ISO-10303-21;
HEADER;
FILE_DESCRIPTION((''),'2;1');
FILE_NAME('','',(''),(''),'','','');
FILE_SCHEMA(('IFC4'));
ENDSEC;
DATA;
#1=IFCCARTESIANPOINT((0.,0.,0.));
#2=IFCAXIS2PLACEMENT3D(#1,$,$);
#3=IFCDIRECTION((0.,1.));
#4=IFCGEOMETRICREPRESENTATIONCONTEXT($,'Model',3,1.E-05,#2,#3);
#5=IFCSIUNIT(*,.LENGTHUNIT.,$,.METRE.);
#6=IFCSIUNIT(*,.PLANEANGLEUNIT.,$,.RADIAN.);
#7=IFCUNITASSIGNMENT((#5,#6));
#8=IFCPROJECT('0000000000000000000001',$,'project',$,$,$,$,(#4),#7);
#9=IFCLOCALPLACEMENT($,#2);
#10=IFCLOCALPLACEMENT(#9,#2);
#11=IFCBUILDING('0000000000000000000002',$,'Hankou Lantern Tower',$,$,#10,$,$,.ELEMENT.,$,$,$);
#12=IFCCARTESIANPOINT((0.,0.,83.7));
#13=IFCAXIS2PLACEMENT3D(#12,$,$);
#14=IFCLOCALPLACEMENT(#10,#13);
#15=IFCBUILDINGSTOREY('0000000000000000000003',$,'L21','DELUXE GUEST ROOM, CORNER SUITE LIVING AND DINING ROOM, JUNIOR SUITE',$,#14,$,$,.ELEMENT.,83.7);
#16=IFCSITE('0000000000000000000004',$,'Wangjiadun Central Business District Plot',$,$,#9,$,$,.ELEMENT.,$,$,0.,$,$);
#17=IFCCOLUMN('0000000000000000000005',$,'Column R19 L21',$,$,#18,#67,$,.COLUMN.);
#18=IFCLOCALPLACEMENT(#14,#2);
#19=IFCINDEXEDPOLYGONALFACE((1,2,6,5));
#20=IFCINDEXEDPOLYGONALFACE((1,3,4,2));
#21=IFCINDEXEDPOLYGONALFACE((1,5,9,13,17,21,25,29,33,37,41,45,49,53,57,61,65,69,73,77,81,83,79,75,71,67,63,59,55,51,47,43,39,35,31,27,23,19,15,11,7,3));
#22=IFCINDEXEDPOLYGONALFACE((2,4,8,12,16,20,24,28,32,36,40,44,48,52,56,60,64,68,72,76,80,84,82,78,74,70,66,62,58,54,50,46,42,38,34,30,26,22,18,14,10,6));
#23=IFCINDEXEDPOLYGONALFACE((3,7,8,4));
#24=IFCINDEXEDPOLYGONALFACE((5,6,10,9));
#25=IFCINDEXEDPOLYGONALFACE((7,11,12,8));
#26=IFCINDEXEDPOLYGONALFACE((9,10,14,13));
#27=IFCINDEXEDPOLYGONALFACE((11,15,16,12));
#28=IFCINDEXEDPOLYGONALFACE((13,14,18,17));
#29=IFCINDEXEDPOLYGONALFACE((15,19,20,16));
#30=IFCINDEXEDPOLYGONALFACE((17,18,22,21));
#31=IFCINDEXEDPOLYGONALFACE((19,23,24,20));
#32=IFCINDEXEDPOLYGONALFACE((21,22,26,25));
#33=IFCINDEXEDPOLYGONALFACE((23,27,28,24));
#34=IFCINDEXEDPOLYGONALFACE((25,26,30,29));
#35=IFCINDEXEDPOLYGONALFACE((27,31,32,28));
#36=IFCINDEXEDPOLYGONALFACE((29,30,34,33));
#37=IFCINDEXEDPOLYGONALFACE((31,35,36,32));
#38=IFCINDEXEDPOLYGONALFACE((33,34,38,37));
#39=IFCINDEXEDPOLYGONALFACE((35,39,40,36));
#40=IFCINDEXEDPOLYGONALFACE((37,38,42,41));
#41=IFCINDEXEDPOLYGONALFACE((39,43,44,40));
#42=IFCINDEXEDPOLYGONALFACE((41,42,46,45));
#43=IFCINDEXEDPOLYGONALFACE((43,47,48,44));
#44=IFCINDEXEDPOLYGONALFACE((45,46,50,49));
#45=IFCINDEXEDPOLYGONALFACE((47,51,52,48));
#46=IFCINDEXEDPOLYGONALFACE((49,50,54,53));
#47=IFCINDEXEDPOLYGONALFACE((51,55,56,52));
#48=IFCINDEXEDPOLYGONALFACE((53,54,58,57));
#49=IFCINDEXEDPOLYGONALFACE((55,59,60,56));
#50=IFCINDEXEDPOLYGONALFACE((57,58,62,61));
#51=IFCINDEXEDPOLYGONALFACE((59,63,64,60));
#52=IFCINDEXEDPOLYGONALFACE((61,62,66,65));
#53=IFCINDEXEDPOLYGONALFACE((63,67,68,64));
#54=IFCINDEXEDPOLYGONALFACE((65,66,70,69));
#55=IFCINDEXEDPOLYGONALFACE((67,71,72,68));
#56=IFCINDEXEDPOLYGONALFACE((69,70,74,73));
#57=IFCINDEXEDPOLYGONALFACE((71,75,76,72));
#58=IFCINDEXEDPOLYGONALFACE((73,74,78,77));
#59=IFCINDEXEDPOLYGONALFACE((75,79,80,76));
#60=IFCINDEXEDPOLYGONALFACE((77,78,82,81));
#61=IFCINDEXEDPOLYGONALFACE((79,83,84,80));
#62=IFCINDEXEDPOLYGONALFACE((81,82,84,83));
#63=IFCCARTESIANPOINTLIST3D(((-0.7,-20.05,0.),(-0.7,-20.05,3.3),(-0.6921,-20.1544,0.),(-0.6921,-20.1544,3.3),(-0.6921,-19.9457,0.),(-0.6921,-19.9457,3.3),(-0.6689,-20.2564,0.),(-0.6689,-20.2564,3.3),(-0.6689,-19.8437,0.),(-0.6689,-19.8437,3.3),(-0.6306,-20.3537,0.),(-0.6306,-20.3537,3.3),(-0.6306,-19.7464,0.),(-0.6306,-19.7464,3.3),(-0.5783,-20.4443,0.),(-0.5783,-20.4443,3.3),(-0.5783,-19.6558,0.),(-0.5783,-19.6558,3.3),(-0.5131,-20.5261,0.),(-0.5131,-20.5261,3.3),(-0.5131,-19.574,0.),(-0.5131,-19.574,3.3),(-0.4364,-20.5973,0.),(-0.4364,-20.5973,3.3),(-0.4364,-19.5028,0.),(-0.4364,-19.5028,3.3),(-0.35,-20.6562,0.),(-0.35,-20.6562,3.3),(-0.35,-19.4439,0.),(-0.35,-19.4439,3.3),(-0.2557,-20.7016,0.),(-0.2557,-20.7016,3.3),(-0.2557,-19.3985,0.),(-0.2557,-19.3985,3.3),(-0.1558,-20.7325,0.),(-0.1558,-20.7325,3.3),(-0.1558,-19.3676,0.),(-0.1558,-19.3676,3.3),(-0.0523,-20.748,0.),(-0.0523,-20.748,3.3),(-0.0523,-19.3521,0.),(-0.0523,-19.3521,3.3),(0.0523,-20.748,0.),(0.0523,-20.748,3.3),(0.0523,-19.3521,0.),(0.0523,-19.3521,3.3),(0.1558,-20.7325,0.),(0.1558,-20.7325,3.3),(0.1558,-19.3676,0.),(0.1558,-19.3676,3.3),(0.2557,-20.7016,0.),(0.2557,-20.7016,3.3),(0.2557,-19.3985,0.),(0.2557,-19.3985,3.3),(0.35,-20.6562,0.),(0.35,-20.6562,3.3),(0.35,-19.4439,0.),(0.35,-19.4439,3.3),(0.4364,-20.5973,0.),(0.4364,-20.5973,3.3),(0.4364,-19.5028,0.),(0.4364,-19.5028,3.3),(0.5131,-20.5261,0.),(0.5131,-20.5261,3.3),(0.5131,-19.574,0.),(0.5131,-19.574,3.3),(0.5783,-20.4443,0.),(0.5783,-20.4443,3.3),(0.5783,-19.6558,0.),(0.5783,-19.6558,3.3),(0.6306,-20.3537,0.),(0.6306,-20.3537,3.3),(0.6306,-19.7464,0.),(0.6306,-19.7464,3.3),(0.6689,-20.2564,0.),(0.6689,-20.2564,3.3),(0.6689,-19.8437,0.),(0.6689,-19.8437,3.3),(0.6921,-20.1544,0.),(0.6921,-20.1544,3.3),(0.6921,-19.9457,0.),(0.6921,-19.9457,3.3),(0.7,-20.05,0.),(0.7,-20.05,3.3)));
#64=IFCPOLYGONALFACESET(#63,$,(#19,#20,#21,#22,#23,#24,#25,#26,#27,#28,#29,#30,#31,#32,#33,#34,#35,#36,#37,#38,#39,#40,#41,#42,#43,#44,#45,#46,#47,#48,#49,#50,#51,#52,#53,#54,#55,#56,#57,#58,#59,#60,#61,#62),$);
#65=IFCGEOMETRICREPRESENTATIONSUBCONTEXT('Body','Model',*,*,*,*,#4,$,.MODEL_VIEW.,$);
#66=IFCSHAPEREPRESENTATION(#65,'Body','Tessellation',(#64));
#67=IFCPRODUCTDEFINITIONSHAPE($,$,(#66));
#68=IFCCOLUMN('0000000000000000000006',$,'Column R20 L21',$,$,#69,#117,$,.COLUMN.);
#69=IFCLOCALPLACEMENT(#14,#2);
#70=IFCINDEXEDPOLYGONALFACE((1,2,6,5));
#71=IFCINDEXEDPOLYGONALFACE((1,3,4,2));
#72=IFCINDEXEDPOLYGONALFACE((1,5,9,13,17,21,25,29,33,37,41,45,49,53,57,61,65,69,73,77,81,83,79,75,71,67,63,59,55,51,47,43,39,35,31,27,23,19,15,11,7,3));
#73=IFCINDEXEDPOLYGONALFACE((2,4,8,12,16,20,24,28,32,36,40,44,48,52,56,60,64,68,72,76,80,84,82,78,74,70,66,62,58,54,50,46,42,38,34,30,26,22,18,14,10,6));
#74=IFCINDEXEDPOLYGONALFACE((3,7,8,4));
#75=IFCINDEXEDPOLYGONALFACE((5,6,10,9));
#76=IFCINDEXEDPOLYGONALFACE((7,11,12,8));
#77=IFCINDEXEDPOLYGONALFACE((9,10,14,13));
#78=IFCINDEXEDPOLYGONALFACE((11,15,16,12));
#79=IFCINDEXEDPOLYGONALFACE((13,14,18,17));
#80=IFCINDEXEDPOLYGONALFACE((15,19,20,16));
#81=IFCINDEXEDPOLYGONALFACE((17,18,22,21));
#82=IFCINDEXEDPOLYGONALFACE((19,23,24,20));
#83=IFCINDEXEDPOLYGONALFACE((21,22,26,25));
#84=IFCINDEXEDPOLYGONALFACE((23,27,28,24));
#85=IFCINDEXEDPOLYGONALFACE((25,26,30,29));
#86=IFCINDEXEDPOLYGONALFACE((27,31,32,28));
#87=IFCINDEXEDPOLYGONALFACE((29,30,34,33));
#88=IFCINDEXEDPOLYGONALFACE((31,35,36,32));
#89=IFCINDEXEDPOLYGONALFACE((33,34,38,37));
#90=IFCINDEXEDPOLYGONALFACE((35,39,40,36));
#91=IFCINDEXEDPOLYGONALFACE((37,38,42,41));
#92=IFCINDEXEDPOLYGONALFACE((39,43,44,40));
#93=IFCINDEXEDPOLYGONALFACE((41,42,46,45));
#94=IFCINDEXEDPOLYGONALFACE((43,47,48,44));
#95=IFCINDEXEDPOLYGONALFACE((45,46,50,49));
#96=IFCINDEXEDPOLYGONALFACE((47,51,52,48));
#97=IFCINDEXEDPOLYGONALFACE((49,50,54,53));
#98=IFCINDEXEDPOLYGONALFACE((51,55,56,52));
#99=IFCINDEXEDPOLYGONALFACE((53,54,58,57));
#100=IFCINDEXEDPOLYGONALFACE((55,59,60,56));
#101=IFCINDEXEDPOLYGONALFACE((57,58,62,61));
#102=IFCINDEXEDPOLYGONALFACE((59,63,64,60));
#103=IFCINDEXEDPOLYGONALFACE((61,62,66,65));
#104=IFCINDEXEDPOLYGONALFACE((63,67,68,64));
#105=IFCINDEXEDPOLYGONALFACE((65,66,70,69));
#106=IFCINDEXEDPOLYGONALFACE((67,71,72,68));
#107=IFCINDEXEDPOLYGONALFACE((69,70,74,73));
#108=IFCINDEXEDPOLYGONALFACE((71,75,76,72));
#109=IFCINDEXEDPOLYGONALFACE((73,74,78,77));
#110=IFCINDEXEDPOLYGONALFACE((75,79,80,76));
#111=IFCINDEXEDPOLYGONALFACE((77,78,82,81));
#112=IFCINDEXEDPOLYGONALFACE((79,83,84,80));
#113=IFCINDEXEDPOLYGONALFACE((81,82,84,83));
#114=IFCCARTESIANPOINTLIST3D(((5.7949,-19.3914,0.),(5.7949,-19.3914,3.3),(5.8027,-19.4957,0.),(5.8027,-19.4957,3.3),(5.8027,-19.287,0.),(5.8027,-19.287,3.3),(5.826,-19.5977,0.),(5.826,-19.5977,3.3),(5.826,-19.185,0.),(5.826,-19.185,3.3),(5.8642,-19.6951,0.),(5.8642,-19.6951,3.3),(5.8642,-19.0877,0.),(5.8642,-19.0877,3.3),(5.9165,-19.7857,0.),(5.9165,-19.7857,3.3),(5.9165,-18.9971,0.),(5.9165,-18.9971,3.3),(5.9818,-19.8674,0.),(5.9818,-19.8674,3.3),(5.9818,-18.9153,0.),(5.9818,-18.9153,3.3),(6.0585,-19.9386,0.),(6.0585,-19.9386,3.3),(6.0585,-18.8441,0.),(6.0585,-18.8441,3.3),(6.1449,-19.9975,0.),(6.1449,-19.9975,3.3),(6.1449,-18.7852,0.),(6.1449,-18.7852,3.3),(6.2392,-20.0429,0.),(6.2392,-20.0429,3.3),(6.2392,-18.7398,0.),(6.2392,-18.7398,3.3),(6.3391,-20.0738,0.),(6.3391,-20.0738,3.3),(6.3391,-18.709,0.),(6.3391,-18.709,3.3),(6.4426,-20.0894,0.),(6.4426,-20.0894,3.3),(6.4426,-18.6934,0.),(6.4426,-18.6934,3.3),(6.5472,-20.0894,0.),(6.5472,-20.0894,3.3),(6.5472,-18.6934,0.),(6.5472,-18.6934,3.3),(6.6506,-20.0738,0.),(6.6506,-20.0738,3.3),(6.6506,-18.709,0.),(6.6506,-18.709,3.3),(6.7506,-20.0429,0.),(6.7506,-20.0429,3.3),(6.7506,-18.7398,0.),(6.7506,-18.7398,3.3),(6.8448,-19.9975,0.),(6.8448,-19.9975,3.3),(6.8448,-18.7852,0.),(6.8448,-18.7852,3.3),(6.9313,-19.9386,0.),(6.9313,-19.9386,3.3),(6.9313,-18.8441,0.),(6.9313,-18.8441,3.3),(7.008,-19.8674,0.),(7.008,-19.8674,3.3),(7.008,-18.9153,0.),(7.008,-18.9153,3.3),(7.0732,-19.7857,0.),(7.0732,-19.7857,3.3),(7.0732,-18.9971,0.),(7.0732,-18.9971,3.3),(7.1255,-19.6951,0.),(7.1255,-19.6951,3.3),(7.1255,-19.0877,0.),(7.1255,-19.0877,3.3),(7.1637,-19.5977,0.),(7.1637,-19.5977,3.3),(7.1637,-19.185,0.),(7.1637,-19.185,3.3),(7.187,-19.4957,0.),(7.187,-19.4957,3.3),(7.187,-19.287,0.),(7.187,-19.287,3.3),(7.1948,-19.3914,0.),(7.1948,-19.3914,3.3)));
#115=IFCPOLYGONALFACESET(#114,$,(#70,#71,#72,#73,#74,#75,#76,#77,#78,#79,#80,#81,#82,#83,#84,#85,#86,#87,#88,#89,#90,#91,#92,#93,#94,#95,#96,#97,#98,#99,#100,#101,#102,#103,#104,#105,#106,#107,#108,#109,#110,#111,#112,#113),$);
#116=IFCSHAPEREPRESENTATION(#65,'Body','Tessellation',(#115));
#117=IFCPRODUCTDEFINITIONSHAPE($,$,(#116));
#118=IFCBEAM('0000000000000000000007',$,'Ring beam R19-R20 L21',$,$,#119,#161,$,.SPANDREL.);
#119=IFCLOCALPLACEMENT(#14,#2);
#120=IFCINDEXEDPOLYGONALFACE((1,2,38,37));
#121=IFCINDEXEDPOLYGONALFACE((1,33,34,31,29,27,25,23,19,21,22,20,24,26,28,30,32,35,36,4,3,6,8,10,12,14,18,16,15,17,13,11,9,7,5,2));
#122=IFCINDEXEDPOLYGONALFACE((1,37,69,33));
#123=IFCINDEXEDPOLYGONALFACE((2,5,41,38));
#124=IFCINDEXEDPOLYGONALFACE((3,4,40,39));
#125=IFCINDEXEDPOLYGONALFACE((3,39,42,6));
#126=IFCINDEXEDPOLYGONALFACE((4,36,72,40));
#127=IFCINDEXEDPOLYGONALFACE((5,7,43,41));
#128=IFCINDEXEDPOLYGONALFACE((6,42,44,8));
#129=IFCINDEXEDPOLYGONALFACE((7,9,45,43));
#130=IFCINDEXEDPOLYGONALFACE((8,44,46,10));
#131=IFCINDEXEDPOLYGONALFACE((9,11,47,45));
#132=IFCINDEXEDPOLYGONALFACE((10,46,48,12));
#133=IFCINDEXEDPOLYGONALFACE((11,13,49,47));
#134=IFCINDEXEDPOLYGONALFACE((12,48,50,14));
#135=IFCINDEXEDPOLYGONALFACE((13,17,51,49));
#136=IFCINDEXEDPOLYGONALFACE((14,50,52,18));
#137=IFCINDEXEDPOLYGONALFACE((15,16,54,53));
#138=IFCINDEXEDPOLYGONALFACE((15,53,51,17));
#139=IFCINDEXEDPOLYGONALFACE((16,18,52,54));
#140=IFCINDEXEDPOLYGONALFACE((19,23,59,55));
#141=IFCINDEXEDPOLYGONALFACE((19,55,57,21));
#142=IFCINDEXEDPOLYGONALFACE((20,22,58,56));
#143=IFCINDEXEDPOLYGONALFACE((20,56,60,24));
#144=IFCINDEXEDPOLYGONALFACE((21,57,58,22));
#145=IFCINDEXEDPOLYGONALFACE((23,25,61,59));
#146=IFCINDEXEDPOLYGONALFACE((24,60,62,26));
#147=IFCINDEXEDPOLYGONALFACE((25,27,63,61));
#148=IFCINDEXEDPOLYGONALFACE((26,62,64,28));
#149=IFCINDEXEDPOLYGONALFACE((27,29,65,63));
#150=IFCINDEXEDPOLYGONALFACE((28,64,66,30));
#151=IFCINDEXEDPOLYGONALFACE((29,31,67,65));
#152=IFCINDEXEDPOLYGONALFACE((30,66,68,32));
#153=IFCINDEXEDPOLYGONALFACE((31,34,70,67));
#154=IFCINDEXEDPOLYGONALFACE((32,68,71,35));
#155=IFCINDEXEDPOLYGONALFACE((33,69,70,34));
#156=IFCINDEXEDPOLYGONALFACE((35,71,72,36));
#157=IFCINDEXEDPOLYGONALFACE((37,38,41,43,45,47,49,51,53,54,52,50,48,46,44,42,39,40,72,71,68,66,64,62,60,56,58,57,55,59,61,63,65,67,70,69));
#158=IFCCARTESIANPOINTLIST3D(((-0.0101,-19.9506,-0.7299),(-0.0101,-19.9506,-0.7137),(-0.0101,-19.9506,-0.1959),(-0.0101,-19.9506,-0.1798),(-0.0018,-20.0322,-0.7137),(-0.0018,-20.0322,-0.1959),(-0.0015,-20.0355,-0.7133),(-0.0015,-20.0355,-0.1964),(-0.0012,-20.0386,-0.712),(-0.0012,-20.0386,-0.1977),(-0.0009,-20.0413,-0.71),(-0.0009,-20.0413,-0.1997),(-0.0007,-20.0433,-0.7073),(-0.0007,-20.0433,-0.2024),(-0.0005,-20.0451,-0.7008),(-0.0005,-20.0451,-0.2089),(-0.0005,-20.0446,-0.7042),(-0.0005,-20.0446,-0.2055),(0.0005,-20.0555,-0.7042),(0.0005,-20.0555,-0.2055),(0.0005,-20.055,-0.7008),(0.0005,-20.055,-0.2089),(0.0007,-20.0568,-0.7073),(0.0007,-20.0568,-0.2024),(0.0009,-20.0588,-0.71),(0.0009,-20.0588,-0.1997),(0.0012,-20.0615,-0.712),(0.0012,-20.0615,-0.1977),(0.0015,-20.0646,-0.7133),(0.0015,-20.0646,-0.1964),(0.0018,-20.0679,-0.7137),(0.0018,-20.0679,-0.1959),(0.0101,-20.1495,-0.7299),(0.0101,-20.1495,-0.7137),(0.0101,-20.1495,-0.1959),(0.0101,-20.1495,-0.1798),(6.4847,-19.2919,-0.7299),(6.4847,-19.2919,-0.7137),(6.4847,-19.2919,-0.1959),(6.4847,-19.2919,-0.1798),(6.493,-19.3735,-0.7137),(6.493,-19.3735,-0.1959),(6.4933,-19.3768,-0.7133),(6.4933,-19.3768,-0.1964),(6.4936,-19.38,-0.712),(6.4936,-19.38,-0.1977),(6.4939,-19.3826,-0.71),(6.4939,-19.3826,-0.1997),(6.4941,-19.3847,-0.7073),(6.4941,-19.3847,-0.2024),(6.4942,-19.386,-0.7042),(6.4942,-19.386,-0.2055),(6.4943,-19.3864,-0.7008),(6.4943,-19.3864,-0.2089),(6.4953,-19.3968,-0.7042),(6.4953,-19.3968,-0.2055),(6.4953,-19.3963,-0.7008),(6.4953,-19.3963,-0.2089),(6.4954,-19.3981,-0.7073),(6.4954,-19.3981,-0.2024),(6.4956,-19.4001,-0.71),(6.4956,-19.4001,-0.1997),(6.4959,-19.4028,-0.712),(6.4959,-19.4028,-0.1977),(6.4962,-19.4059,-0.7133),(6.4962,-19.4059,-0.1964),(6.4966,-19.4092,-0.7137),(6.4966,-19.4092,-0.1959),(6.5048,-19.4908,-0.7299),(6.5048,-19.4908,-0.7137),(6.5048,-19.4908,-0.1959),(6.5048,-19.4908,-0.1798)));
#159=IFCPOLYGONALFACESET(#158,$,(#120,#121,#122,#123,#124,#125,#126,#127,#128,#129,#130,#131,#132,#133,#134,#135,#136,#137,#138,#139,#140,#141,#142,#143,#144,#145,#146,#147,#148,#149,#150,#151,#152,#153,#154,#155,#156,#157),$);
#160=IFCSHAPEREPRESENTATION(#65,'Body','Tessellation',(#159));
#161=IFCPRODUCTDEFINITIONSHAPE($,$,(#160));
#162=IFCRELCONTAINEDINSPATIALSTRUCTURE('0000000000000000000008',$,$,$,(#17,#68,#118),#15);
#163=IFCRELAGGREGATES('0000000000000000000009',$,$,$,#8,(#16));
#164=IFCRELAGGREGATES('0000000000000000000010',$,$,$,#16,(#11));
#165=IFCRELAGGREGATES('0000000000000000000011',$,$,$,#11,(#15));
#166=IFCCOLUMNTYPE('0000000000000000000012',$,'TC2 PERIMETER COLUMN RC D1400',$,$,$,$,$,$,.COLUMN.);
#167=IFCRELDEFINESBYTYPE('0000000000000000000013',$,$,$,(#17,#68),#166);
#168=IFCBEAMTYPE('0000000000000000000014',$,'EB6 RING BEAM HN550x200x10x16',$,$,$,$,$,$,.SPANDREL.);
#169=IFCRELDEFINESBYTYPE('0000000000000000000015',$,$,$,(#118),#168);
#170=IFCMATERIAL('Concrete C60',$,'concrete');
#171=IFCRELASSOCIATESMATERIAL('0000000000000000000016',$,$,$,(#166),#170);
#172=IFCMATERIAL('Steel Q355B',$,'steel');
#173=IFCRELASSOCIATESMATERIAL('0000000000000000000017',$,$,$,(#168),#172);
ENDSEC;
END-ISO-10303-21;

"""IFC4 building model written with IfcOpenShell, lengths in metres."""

from ifc_helpers import new_model, si_unit, direction, frame, origin, origin_2d, place, context, subcontext, project, spatial, circle, i_section, extrude, material, material_profile, profile_set, type_object, element, save


model = new_model("IFC4")

# Units and contexts
model_context = context("Model", 3, precision=1e-05, world=origin(), true_north=direction((0.0, 1.0)))
body_context = subcontext(model_context, "Body", "Model", "MODEL_VIEW")
ifc_project = project(units=[si_unit("LENGTHUNIT", "METRE"), si_unit("PLANEANGLEUNIT", "RADIAN")], contexts=[model_context])

# Site, building, storey
site_placement = place(None, origin())
site = spatial("IfcSite", under=ifc_project, at=site_placement, Name="Wangjiadun Central Business District Plot", CompositionType="ELEMENT", RefElevation=0.0)
building_placement = place(site_placement, origin())
building = spatial("IfcBuilding", under=site, at=building_placement, Name="Hankou Lantern Tower", CompositionType="ELEMENT")
storey_placement = place(building_placement, frame((0.0, 0.0, 83.7)))
storey = spatial("IfcBuildingStorey", under=building, at=storey_placement, Name="L21", Description="DELUXE GUEST ROOM, CORNER SUITE LIVING AND DINING ROOM, JUNIOR SUITE", CompositionType="ELEMENT", Elevation=83.7)

# Columns
ifc_material_1 = material(Name="Concrete C60", Category="concrete")
ifc_material_profile_1 = material_profile(ifc_material_1, circle(Radius=0.7, at=origin_2d()), Name="RC D1400")
ifc_profile_set_1 = profile_set([ifc_material_profile_1], Name="Concrete C60")
column_type = type_object("IfcColumnType", Name="TC2 PERIMETER COLUMN RC D1400", PredefinedType="COLUMN", material=ifc_profile_set_1)
for number, where, z_axis, x_axis, name in (
    (1, (0.0, -20.05, 0.0), (0.0, 0.0, 1.0), (1.0, 0.0, 0.0), "Column R19 L21"),
    (2, (6.4949, -19.3914, 0.0), (0.0, 0.0, 1.0), (1.0, 0.0, 0.0), "Column R20 L21"),
):
    element("IfcColumn", number, at=place(storey_placement, frame(where, z_axis=z_axis, x_axis=x_axis)), inside=storey, type_object=column_type, Name=name, PredefinedType="COLUMN", context=body_context, shape_type="SweptSolid", body=[
        extrude(circle(Radius=0.7, at=origin_2d()), origin(), (0.0, 0.0, 1.0), 3.3),
    ])

# Beam
ifc_material_2 = material(Name="Steel Q355B", Category="steel")
ifc_material_profile_2 = material_profile(ifc_material_2, i_section(OverallWidth=0.2, OverallDepth=0.55, WebThickness=0.01, FlangeThickness=0.0161, FilletRadius=0.0129, at=origin_2d()), Name="HN550x200x10x16")
ifc_profile_set_2 = profile_set([ifc_material_profile_2], Name="Steel Q355B")
beam_type_1 = type_object("IfcBeamType", Name="EB6 RING BEAM HN550x200x10x16", PredefinedType="SPANDREL", material=ifc_profile_set_2)
beam_1_placement = place(storey_placement, frame((0.0, -20.05, -0.4548), z_axis=(0.994897, 0.1009, 0.0), x_axis=(-0.1009, 0.994897, 0.0)))
element("IfcBeam", 3, at=beam_1_placement, inside=storey, type_object=beam_type_1, Name="Ring beam R19-R20 L21", PredefinedType="SPANDREL", context=body_context, shape_type="SweptSolid", body=[
    extrude(i_section(OverallWidth=0.2, OverallDepth=0.55, WebThickness=0.01, FlangeThickness=0.0161, FilletRadius=0.0129, at=origin_2d()), origin(), (0.0, 0.0, 1.0), 6.5281),
])

save(model, "model.ifc")
